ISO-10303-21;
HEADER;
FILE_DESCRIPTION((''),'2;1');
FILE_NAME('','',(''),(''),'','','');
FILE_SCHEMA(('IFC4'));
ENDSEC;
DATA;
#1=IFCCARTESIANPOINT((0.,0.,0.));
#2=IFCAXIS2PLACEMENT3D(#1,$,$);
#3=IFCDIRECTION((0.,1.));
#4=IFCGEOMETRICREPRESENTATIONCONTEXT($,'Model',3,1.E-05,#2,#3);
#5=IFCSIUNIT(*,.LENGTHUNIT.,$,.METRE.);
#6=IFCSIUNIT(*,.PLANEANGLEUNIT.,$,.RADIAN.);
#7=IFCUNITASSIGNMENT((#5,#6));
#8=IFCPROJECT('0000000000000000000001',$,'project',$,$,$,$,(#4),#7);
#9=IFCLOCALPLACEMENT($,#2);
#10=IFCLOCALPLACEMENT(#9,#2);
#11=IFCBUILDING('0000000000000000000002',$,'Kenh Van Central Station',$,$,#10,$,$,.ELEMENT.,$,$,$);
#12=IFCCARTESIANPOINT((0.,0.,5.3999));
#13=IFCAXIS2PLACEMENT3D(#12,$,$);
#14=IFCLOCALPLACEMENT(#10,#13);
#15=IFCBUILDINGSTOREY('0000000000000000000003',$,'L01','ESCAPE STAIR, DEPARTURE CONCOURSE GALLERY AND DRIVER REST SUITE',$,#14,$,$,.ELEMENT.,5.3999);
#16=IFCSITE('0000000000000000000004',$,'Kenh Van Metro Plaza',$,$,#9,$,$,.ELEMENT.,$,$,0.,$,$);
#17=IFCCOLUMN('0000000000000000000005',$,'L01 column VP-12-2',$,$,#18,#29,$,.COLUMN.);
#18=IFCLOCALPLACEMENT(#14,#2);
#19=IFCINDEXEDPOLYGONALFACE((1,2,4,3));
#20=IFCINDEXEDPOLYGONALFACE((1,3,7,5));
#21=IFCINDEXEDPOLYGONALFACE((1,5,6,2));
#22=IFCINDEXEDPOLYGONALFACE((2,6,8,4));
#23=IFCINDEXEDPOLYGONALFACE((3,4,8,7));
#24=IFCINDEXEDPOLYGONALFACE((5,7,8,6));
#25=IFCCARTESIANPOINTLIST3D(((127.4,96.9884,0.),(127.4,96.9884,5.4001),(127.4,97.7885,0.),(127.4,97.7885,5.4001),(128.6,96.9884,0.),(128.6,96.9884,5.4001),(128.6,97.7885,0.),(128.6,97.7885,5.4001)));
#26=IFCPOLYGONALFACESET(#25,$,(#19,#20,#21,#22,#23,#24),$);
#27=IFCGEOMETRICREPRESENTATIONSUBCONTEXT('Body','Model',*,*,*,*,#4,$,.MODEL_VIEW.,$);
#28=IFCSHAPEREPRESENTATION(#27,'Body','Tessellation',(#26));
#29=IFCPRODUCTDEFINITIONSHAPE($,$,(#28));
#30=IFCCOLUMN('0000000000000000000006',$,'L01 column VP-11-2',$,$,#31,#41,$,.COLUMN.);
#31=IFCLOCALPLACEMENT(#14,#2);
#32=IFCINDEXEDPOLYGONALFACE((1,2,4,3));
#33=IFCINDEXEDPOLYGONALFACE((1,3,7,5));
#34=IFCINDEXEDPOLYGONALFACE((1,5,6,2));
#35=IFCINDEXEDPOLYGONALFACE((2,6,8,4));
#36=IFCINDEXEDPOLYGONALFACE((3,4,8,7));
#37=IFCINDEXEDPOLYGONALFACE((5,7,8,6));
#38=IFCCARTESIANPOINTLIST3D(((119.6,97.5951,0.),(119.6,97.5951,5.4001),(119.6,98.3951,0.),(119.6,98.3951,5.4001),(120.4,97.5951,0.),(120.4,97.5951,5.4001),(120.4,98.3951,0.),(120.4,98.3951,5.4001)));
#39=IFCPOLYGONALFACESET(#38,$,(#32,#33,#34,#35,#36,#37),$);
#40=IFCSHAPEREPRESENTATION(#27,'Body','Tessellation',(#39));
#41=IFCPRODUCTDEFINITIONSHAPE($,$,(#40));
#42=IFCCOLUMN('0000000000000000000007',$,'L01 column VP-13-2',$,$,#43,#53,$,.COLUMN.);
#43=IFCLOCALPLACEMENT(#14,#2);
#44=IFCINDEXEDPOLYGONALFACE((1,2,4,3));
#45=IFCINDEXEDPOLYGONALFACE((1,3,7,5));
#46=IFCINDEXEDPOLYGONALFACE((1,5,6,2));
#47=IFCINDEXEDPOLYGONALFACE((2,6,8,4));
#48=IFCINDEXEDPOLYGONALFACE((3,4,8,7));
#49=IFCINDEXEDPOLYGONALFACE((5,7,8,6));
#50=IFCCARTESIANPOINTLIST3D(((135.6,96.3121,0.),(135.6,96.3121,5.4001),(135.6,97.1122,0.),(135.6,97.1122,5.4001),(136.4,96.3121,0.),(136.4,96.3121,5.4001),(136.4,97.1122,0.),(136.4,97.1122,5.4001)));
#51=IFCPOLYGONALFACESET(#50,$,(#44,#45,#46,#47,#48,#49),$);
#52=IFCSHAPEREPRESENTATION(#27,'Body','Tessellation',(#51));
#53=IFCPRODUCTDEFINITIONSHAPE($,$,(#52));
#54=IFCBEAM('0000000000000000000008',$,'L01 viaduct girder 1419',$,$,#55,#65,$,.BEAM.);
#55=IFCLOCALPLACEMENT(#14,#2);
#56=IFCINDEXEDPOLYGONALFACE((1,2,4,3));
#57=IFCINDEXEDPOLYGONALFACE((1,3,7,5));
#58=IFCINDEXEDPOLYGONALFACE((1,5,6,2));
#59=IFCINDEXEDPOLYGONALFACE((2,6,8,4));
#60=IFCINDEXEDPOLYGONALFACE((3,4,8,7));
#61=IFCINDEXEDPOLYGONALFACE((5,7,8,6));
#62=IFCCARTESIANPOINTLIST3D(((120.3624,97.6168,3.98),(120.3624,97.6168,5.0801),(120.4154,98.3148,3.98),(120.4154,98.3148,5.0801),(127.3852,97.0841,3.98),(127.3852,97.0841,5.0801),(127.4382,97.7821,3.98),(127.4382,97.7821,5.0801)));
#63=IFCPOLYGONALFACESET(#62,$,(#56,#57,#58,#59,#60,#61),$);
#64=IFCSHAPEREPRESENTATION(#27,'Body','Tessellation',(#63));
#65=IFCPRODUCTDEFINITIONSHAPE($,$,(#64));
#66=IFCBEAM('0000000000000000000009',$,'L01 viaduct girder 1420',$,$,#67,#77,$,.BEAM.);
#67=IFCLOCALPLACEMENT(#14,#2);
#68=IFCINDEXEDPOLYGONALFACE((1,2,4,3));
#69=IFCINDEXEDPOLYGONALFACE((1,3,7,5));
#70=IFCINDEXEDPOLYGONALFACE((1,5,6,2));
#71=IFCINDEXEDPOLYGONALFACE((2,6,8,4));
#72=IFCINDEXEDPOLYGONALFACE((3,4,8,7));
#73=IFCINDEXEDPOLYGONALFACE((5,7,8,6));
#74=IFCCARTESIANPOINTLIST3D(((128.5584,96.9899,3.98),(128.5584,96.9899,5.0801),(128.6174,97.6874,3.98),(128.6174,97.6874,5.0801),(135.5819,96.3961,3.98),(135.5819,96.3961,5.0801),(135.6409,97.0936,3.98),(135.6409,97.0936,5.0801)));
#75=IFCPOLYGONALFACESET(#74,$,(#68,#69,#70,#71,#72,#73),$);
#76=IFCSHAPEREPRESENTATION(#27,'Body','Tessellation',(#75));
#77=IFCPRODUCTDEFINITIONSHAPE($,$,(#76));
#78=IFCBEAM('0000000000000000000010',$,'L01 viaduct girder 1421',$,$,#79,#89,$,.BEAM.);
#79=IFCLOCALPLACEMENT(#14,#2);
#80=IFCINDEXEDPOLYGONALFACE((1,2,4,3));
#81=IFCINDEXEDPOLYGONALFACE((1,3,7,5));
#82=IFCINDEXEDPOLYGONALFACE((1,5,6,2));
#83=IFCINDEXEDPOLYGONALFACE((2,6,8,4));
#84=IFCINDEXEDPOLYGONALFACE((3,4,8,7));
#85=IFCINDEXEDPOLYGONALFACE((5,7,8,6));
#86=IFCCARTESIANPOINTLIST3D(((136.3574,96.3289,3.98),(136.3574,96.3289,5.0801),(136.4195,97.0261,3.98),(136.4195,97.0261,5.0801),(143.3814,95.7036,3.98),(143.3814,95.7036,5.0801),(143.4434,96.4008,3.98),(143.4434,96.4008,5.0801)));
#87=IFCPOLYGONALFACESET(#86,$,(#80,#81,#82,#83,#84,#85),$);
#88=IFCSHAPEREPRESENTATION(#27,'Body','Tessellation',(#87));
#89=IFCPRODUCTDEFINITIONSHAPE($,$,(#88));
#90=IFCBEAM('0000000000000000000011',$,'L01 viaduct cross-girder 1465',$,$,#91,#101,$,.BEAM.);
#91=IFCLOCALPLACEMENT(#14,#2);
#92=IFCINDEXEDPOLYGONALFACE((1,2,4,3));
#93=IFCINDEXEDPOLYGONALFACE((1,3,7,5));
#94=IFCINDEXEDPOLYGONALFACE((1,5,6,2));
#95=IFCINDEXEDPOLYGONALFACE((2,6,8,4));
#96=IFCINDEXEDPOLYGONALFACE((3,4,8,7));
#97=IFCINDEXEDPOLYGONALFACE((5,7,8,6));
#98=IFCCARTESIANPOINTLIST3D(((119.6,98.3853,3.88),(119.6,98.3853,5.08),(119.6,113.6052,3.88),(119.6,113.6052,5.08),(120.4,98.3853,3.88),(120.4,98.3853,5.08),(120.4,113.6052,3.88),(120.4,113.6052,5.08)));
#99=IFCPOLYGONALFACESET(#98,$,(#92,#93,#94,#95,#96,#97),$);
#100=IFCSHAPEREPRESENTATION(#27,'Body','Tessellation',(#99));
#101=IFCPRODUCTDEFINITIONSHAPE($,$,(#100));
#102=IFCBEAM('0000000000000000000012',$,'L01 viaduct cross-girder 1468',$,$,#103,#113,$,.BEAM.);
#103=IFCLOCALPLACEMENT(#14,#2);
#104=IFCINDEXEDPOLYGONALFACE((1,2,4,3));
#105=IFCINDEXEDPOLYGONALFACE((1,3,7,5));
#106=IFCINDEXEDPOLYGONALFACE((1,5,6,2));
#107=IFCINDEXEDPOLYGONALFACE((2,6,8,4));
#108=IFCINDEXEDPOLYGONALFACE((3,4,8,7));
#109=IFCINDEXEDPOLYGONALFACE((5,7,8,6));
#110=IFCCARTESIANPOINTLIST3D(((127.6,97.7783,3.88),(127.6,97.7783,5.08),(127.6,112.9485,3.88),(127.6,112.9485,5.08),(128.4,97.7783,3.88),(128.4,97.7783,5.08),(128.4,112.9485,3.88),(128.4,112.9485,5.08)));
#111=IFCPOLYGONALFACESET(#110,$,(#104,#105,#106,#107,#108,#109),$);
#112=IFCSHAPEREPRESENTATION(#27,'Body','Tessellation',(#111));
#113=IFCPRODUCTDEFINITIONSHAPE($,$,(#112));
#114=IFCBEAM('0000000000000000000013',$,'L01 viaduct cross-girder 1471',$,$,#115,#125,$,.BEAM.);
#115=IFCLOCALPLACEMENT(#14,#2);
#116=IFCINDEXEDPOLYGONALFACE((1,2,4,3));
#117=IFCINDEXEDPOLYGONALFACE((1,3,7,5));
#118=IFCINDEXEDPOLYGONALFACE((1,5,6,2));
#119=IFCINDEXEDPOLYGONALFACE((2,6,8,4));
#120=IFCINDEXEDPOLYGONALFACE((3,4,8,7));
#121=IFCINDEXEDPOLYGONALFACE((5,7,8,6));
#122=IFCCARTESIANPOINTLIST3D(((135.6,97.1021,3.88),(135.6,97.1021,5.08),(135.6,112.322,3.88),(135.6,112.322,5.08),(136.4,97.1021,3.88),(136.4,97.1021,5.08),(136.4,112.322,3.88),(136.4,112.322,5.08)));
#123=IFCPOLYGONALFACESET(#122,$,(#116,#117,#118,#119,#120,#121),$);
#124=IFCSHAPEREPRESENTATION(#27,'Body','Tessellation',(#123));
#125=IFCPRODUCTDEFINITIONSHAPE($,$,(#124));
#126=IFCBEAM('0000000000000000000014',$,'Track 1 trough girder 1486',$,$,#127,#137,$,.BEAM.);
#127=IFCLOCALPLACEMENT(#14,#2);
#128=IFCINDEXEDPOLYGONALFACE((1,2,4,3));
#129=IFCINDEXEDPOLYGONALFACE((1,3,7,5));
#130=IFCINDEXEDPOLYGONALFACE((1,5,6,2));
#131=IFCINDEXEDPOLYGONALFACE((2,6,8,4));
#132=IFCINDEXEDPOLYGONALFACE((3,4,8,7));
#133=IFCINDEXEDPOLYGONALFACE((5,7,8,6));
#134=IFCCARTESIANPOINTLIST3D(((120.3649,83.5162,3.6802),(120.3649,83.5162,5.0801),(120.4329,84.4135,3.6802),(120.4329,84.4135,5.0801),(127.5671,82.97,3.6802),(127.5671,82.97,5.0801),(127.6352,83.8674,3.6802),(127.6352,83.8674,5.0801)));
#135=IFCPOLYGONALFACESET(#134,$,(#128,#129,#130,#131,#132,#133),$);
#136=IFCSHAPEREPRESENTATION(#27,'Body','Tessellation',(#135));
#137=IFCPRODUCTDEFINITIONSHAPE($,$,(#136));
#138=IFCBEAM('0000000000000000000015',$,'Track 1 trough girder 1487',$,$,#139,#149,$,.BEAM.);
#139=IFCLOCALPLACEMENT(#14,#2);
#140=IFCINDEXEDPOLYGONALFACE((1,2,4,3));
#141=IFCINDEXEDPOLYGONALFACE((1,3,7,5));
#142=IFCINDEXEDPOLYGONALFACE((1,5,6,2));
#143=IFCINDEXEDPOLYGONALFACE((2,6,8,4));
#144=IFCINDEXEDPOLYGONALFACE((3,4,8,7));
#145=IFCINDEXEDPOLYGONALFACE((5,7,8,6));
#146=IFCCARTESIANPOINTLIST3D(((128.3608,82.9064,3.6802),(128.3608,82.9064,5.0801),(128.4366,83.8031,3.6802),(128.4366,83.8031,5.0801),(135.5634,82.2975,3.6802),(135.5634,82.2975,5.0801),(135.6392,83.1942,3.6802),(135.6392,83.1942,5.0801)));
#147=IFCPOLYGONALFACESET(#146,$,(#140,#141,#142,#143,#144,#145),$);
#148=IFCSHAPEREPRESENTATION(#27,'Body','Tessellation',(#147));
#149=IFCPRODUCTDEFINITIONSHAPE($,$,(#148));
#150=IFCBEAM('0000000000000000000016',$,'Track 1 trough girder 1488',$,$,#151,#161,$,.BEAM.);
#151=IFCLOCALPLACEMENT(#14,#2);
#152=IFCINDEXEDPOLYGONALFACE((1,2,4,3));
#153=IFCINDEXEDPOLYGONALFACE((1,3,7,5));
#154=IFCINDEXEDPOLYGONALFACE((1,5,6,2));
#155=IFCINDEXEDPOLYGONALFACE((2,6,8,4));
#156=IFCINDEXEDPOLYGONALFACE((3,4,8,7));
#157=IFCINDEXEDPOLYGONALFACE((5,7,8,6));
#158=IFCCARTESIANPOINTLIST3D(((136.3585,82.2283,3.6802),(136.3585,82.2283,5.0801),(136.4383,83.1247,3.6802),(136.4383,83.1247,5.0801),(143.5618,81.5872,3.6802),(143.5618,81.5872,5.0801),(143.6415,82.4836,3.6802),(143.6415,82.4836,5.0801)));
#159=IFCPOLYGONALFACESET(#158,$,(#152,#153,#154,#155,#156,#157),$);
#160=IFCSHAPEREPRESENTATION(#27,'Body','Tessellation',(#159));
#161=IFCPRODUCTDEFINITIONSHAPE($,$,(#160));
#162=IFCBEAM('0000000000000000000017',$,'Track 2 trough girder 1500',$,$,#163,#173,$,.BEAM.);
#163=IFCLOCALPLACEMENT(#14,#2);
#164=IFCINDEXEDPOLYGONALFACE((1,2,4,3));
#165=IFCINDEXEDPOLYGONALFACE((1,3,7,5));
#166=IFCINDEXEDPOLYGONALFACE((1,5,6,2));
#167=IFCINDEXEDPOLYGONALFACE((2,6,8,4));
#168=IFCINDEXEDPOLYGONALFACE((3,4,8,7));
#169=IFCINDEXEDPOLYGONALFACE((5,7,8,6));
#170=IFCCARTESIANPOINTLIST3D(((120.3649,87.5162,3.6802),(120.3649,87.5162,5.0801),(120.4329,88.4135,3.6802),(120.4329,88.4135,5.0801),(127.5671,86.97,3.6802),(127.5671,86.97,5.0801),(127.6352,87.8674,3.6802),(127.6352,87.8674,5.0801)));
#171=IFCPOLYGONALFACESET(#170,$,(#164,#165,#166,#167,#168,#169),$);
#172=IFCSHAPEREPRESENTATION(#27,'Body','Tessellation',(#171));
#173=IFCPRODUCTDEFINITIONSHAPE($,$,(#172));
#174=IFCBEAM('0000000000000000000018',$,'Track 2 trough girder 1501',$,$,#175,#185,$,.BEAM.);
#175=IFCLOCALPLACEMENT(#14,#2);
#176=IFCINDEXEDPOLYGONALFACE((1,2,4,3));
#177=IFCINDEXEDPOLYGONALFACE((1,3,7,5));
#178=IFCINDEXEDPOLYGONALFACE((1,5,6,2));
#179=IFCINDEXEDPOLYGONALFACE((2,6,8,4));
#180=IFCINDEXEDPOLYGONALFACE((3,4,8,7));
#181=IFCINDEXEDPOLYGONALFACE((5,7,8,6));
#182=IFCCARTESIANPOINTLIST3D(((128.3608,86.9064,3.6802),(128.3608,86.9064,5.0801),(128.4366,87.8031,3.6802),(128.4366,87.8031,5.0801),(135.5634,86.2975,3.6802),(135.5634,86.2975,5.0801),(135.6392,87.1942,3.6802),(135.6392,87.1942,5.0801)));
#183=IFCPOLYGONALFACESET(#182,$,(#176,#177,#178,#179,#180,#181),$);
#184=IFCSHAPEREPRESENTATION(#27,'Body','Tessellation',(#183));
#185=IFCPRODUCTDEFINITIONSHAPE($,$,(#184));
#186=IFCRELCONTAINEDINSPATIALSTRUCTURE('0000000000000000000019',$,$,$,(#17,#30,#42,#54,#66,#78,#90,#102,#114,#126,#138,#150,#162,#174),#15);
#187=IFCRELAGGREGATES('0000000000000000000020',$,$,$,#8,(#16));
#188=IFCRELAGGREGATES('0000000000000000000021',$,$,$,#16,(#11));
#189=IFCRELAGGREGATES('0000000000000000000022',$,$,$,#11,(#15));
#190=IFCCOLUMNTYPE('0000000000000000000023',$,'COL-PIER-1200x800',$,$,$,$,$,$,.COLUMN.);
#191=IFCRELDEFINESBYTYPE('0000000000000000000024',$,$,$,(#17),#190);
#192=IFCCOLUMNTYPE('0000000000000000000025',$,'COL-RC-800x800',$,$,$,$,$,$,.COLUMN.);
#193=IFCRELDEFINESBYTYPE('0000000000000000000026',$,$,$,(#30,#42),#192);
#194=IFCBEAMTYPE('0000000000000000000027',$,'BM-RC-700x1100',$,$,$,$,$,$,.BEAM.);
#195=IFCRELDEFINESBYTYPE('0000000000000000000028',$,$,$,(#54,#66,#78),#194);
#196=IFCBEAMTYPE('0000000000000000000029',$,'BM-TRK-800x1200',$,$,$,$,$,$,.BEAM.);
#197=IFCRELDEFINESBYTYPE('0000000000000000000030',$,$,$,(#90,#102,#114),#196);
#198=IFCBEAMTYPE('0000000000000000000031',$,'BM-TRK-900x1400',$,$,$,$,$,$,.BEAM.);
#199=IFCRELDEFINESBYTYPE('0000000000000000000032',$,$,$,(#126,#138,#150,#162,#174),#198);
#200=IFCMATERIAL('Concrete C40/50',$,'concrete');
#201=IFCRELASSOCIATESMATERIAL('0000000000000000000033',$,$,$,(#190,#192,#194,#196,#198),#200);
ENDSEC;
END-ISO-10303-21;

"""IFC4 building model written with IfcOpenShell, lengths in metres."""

from ifc_helpers import new_model, si_unit, direction, frame, origin, origin_2d, place, context, subcontext, project, spatial, rectangle, extrude, material, material_profile, profile_set, type_object, element, save


model = new_model("IFC4")

# Units and contexts
model_context = context("Model", 3, precision=1e-05, world=origin(), true_north=direction((0.0, 1.0)))
body_context = subcontext(model_context, "Body", "Model", "MODEL_VIEW")
ifc_project = project(units=[si_unit("LENGTHUNIT", "METRE"), si_unit("PLANEANGLEUNIT", "RADIAN")], contexts=[model_context])

# Site, building, storey
site_placement = place(None, origin())
site = spatial("IfcSite", under=ifc_project, at=site_placement, Name="Kenh Van Metro Plaza", CompositionType="ELEMENT", RefElevation=0.0)
building_placement = place(site_placement, origin())
building = spatial("IfcBuilding", under=site, at=building_placement, Name="Kenh Van Central Station", CompositionType="ELEMENT")
storey_placement = place(building_placement, frame((0.0, 0.0, 5.3999)))
storey = spatial("IfcBuildingStorey", under=building, at=storey_placement, Name="L01", Description="ESCAPE STAIR, DEPARTURE CONCOURSE GALLERY AND DRIVER REST SUITE", CompositionType="ELEMENT", Elevation=5.3999)

# Columns
ifc_material_1 = material(Name="Concrete C40/50", Category="concrete")
ifc_material_profile_1 = material_profile(ifc_material_1, rectangle(XDim=1.2, YDim=0.8, at=origin_2d()), Name="RC 1200x800")
ifc_profile_set_1 = profile_set([ifc_material_profile_1], Name="Concrete C40/50")
column_type_1 = type_object("IfcColumnType", Name="COL-PIER-1200x800", PredefinedType="COLUMN", material=ifc_profile_set_1)
column_placement = place(storey_placement, frame((128.0, 97.3884, 0.0), z_axis=(0.0, 0.0, 1.0), x_axis=(1.0, 0.0, 0.0)))
element("IfcColumn", 1, at=column_placement, inside=storey, type_object=column_type_1, Name="L01 column VP-12-2", PredefinedType="COLUMN", context=body_context, shape_type="SweptSolid", body=[
    extrude(rectangle(XDim=1.2, YDim=0.8, at=origin_2d()), origin(), (0.0, 0.0, 1.0), 5.4001),
])
ifc_material_profile_2 = material_profile(ifc_material_1, rectangle(XDim=0.8, YDim=0.8, at=origin_2d()), Name="RC 800x800")
ifc_profile_set_2 = profile_set([ifc_material_profile_2], Name="Concrete C40/50")
column_type_2 = type_object("IfcColumnType", Name="COL-RC-800x800", PredefinedType="COLUMN", material=ifc_profile_set_2)
for number, where, z_axis, x_axis, name in (
    (2, (120.0, 97.9951, 0.0), (0.0, 0.0, 1.0), (1.0, 0.0, 0.0), "L01 column VP-11-2"),
    (3, (136.0, 96.7122, 0.0), (0.0, 0.0, 1.0), (1.0, 0.0, 0.0), "L01 column VP-13-2"),
):
    element("IfcColumn", number, at=place(storey_placement, frame(where, z_axis=z_axis, x_axis=x_axis)), inside=storey, type_object=column_type_2, Name=name, PredefinedType="COLUMN", context=body_context, shape_type="SweptSolid", body=[
        extrude(rectangle(XDim=0.8, YDim=0.8, at=origin_2d()), origin(), (0.0, 0.0, 1.0), 5.4001),
    ])

# Beams
ifc_material_profile_3 = material_profile(ifc_material_1, rectangle(XDim=0.7, YDim=1.1001, at=origin_2d()), Name="RC 700x1100")
ifc_profile_set_3 = profile_set([ifc_material_profile_3], Name="Concrete C40/50")
beam_type_1 = type_object("IfcBeamType", Name="BM-RC-700x1100", PredefinedType="BEAM", material=ifc_profile_set_3)
beam_1_placement = place(storey_placement, frame((120.3889, 97.9658, 4.53), z_axis=(0.997135, -0.075639, 0.0), x_axis=(0.075639, 0.997135, 0.0)))
element("IfcBeam", 4, at=beam_1_placement, inside=storey, type_object=beam_type_1, Name="L01 viaduct girder 1419", PredefinedType="BEAM", context=body_context, shape_type="SweptSolid", body=[
    extrude(rectangle(XDim=0.7, YDim=1.1001, at=origin_2d()), origin(), (0.0, 0.0, 1.0), 7.043),
])
beam_2_placement = place(storey_placement, frame((128.5879, 97.3386, 4.53), z_axis=(0.996446, -0.084238, 0.0), x_axis=(0.084238, 0.996446, 0.0)))
element("IfcBeam", 5, at=beam_2_placement, inside=storey, type_object=beam_type_1, Name="L01 viaduct girder 1420", PredefinedType="BEAM", context=body_context, shape_type="SweptSolid", body=[
    extrude(rectangle(XDim=0.7, YDim=1.1001, at=origin_2d()), origin(), (0.0, 0.0, 1.0), 7.0486),
])
beam_3_placement = place(storey_placement, frame((136.3884, 96.6775, 4.53), z_axis=(0.996061, -0.088666, 0.0), x_axis=(0.088666, 0.996061, 0.0)))
element("IfcBeam", 6, at=beam_3_placement, inside=storey, type_object=beam_type_1, Name="L01 viaduct girder 1421", PredefinedType="BEAM", context=body_context, shape_type="SweptSolid", body=[
    extrude(rectangle(XDim=0.7, YDim=1.1001, at=origin_2d()), origin(), (0.0, 0.0, 1.0), 7.0518),
])
ifc_material_profile_4 = material_profile(ifc_material_1, rectangle(XDim=0.8, YDim=1.2, at=origin_2d()), Name="RC 800x1200")
ifc_profile_set_4 = profile_set([ifc_material_profile_4], Name="Concrete C40/50")
beam_type_2 = type_object("IfcBeamType", Name="BM-TRK-800x1200", PredefinedType="BEAM", material=ifc_profile_set_4)
beam_4_placement = place(storey_placement, frame((120.0, 98.3853, 4.48), z_axis=(0.0, 1.0, 0.0), x_axis=(-1.0, 0.0, 0.0)))
element("IfcBeam", 7, at=beam_4_placement, inside=storey, type_object=beam_type_2, Name="L01 viaduct cross-girder 1465", PredefinedType="BEAM", context=body_context, shape_type="SweptSolid", body=[
    extrude(rectangle(XDim=0.8, YDim=1.2, at=origin_2d()), origin(), (0.0, 0.0, 1.0), 15.22),
])
beam_5_placement = place(storey_placement, frame((128.0, 97.7783, 4.48), z_axis=(0.0, 1.0, 0.0), x_axis=(-1.0, 0.0, 0.0)))
element("IfcBeam", 8, at=beam_5_placement, inside=storey, type_object=beam_type_2, Name="L01 viaduct cross-girder 1468", PredefinedType="BEAM", context=body_context, shape_type="SweptSolid", body=[
    extrude(rectangle(XDim=0.8, YDim=1.2, at=origin_2d()), origin(), (0.0, 0.0, 1.0), 15.1702),
])
beam_6_placement = place(storey_placement, frame((136.0, 97.1021, 4.48), z_axis=(0.0, 1.0, 0.0), x_axis=(-1.0, 0.0, 0.0)))
element("IfcBeam", 9, at=beam_6_placement, inside=storey, type_object=beam_type_2, Name="L01 viaduct cross-girder 1471", PredefinedType="BEAM", context=body_context, shape_type="SweptSolid", body=[
    extrude(rectangle(XDim=0.8, YDim=1.2, at=origin_2d()), origin(), (0.0, 0.0, 1.0), 15.22),
])
ifc_material_profile_5 = material_profile(ifc_material_1, rectangle(XDim=0.8999, YDim=1.3999, at=origin_2d()), Name="RC 900x1400")
ifc_profile_set_5 = profile_set([ifc_material_profile_5], Name="Concrete C40/50")
beam_type_3 = type_object("IfcBeamType", Name="BM-TRK-900x1400", PredefinedType="BEAM", material=ifc_profile_set_5)
beam_7_placement = place(storey_placement, frame((120.3989, 83.9648, 4.3801), z_axis=(0.997137, -0.075613, 0.0), x_axis=(0.075613, 0.997137, 0.0)))
element("IfcBeam", 10, at=beam_7_placement, inside=storey, type_object=beam_type_3, Name="Track 1 trough girder 1486", PredefinedType="BEAM", context=body_context, shape_type="SweptSolid", body=[
    extrude(rectangle(XDim=0.8999, YDim=1.3999, at=origin_2d()), origin(), (0.0, 0.0, 1.0), 7.2229),
])
beam_8_placement = place(storey_placement, frame((128.3987, 83.3547, 4.3801), z_axis=(0.996446, -0.084236, 0.0), x_axis=(0.084236, 0.996446, 0.0)))
element("IfcBeam", 11, at=beam_8_placement, inside=storey, type_object=beam_type_3, Name="Track 1 trough girder 1487", PredefinedType="BEAM", context=body_context, shape_type="SweptSolid", body=[
    extrude(rectangle(XDim=0.8999, YDim=1.3999, at=origin_2d()), origin(), (0.0, 0.0, 1.0), 7.2283),
])
beam_9_placement = place(storey_placement, frame((136.3984, 82.6765, 4.3801), z_axis=(0.996062, -0.088654, 0.0), x_axis=(0.088654, 0.996062, 0.0)))
element("IfcBeam", 12, at=beam_9_placement, inside=storey, type_object=beam_type_3, Name="Track 1 trough girder 1488", PredefinedType="BEAM", context=body_context, shape_type="SweptSolid", body=[
    extrude(rectangle(XDim=0.8999, YDim=1.3999, at=origin_2d()), origin(), (0.0, 0.0, 1.0), 7.2317),
])
beam_10_placement = place(storey_placement, frame((120.3989, 87.9648, 4.3801), z_axis=(0.997137, -0.075613, 0.0), x_axis=(0.075613, 0.997137, 0.0)))
element("IfcBeam", 13, at=beam_10_placement, inside=storey, type_object=beam_type_3, Name="Track 2 trough girder 1500", PredefinedType="BEAM", context=body_context, shape_type="SweptSolid", body=[
    extrude(rectangle(XDim=0.8999, YDim=1.3999, at=origin_2d()), origin(), (0.0, 0.0, 1.0), 7.2229),
])
beam_11_placement = place(storey_placement, frame((128.3987, 87.3547, 4.3801), z_axis=(0.996446, -0.084236, 0.0), x_axis=(0.084236, 0.996446, 0.0)))
element("IfcBeam", 14, at=beam_11_placement, inside=storey, type_object=beam_type_3, Name="Track 2 trough girder 1501", PredefinedType="BEAM", context=body_context, shape_type="SweptSolid", body=[
    extrude(rectangle(XDim=0.8999, YDim=1.3999, at=origin_2d()), origin(), (0.0, 0.0, 1.0), 7.2283),
])

save(model, "model.ifc")
